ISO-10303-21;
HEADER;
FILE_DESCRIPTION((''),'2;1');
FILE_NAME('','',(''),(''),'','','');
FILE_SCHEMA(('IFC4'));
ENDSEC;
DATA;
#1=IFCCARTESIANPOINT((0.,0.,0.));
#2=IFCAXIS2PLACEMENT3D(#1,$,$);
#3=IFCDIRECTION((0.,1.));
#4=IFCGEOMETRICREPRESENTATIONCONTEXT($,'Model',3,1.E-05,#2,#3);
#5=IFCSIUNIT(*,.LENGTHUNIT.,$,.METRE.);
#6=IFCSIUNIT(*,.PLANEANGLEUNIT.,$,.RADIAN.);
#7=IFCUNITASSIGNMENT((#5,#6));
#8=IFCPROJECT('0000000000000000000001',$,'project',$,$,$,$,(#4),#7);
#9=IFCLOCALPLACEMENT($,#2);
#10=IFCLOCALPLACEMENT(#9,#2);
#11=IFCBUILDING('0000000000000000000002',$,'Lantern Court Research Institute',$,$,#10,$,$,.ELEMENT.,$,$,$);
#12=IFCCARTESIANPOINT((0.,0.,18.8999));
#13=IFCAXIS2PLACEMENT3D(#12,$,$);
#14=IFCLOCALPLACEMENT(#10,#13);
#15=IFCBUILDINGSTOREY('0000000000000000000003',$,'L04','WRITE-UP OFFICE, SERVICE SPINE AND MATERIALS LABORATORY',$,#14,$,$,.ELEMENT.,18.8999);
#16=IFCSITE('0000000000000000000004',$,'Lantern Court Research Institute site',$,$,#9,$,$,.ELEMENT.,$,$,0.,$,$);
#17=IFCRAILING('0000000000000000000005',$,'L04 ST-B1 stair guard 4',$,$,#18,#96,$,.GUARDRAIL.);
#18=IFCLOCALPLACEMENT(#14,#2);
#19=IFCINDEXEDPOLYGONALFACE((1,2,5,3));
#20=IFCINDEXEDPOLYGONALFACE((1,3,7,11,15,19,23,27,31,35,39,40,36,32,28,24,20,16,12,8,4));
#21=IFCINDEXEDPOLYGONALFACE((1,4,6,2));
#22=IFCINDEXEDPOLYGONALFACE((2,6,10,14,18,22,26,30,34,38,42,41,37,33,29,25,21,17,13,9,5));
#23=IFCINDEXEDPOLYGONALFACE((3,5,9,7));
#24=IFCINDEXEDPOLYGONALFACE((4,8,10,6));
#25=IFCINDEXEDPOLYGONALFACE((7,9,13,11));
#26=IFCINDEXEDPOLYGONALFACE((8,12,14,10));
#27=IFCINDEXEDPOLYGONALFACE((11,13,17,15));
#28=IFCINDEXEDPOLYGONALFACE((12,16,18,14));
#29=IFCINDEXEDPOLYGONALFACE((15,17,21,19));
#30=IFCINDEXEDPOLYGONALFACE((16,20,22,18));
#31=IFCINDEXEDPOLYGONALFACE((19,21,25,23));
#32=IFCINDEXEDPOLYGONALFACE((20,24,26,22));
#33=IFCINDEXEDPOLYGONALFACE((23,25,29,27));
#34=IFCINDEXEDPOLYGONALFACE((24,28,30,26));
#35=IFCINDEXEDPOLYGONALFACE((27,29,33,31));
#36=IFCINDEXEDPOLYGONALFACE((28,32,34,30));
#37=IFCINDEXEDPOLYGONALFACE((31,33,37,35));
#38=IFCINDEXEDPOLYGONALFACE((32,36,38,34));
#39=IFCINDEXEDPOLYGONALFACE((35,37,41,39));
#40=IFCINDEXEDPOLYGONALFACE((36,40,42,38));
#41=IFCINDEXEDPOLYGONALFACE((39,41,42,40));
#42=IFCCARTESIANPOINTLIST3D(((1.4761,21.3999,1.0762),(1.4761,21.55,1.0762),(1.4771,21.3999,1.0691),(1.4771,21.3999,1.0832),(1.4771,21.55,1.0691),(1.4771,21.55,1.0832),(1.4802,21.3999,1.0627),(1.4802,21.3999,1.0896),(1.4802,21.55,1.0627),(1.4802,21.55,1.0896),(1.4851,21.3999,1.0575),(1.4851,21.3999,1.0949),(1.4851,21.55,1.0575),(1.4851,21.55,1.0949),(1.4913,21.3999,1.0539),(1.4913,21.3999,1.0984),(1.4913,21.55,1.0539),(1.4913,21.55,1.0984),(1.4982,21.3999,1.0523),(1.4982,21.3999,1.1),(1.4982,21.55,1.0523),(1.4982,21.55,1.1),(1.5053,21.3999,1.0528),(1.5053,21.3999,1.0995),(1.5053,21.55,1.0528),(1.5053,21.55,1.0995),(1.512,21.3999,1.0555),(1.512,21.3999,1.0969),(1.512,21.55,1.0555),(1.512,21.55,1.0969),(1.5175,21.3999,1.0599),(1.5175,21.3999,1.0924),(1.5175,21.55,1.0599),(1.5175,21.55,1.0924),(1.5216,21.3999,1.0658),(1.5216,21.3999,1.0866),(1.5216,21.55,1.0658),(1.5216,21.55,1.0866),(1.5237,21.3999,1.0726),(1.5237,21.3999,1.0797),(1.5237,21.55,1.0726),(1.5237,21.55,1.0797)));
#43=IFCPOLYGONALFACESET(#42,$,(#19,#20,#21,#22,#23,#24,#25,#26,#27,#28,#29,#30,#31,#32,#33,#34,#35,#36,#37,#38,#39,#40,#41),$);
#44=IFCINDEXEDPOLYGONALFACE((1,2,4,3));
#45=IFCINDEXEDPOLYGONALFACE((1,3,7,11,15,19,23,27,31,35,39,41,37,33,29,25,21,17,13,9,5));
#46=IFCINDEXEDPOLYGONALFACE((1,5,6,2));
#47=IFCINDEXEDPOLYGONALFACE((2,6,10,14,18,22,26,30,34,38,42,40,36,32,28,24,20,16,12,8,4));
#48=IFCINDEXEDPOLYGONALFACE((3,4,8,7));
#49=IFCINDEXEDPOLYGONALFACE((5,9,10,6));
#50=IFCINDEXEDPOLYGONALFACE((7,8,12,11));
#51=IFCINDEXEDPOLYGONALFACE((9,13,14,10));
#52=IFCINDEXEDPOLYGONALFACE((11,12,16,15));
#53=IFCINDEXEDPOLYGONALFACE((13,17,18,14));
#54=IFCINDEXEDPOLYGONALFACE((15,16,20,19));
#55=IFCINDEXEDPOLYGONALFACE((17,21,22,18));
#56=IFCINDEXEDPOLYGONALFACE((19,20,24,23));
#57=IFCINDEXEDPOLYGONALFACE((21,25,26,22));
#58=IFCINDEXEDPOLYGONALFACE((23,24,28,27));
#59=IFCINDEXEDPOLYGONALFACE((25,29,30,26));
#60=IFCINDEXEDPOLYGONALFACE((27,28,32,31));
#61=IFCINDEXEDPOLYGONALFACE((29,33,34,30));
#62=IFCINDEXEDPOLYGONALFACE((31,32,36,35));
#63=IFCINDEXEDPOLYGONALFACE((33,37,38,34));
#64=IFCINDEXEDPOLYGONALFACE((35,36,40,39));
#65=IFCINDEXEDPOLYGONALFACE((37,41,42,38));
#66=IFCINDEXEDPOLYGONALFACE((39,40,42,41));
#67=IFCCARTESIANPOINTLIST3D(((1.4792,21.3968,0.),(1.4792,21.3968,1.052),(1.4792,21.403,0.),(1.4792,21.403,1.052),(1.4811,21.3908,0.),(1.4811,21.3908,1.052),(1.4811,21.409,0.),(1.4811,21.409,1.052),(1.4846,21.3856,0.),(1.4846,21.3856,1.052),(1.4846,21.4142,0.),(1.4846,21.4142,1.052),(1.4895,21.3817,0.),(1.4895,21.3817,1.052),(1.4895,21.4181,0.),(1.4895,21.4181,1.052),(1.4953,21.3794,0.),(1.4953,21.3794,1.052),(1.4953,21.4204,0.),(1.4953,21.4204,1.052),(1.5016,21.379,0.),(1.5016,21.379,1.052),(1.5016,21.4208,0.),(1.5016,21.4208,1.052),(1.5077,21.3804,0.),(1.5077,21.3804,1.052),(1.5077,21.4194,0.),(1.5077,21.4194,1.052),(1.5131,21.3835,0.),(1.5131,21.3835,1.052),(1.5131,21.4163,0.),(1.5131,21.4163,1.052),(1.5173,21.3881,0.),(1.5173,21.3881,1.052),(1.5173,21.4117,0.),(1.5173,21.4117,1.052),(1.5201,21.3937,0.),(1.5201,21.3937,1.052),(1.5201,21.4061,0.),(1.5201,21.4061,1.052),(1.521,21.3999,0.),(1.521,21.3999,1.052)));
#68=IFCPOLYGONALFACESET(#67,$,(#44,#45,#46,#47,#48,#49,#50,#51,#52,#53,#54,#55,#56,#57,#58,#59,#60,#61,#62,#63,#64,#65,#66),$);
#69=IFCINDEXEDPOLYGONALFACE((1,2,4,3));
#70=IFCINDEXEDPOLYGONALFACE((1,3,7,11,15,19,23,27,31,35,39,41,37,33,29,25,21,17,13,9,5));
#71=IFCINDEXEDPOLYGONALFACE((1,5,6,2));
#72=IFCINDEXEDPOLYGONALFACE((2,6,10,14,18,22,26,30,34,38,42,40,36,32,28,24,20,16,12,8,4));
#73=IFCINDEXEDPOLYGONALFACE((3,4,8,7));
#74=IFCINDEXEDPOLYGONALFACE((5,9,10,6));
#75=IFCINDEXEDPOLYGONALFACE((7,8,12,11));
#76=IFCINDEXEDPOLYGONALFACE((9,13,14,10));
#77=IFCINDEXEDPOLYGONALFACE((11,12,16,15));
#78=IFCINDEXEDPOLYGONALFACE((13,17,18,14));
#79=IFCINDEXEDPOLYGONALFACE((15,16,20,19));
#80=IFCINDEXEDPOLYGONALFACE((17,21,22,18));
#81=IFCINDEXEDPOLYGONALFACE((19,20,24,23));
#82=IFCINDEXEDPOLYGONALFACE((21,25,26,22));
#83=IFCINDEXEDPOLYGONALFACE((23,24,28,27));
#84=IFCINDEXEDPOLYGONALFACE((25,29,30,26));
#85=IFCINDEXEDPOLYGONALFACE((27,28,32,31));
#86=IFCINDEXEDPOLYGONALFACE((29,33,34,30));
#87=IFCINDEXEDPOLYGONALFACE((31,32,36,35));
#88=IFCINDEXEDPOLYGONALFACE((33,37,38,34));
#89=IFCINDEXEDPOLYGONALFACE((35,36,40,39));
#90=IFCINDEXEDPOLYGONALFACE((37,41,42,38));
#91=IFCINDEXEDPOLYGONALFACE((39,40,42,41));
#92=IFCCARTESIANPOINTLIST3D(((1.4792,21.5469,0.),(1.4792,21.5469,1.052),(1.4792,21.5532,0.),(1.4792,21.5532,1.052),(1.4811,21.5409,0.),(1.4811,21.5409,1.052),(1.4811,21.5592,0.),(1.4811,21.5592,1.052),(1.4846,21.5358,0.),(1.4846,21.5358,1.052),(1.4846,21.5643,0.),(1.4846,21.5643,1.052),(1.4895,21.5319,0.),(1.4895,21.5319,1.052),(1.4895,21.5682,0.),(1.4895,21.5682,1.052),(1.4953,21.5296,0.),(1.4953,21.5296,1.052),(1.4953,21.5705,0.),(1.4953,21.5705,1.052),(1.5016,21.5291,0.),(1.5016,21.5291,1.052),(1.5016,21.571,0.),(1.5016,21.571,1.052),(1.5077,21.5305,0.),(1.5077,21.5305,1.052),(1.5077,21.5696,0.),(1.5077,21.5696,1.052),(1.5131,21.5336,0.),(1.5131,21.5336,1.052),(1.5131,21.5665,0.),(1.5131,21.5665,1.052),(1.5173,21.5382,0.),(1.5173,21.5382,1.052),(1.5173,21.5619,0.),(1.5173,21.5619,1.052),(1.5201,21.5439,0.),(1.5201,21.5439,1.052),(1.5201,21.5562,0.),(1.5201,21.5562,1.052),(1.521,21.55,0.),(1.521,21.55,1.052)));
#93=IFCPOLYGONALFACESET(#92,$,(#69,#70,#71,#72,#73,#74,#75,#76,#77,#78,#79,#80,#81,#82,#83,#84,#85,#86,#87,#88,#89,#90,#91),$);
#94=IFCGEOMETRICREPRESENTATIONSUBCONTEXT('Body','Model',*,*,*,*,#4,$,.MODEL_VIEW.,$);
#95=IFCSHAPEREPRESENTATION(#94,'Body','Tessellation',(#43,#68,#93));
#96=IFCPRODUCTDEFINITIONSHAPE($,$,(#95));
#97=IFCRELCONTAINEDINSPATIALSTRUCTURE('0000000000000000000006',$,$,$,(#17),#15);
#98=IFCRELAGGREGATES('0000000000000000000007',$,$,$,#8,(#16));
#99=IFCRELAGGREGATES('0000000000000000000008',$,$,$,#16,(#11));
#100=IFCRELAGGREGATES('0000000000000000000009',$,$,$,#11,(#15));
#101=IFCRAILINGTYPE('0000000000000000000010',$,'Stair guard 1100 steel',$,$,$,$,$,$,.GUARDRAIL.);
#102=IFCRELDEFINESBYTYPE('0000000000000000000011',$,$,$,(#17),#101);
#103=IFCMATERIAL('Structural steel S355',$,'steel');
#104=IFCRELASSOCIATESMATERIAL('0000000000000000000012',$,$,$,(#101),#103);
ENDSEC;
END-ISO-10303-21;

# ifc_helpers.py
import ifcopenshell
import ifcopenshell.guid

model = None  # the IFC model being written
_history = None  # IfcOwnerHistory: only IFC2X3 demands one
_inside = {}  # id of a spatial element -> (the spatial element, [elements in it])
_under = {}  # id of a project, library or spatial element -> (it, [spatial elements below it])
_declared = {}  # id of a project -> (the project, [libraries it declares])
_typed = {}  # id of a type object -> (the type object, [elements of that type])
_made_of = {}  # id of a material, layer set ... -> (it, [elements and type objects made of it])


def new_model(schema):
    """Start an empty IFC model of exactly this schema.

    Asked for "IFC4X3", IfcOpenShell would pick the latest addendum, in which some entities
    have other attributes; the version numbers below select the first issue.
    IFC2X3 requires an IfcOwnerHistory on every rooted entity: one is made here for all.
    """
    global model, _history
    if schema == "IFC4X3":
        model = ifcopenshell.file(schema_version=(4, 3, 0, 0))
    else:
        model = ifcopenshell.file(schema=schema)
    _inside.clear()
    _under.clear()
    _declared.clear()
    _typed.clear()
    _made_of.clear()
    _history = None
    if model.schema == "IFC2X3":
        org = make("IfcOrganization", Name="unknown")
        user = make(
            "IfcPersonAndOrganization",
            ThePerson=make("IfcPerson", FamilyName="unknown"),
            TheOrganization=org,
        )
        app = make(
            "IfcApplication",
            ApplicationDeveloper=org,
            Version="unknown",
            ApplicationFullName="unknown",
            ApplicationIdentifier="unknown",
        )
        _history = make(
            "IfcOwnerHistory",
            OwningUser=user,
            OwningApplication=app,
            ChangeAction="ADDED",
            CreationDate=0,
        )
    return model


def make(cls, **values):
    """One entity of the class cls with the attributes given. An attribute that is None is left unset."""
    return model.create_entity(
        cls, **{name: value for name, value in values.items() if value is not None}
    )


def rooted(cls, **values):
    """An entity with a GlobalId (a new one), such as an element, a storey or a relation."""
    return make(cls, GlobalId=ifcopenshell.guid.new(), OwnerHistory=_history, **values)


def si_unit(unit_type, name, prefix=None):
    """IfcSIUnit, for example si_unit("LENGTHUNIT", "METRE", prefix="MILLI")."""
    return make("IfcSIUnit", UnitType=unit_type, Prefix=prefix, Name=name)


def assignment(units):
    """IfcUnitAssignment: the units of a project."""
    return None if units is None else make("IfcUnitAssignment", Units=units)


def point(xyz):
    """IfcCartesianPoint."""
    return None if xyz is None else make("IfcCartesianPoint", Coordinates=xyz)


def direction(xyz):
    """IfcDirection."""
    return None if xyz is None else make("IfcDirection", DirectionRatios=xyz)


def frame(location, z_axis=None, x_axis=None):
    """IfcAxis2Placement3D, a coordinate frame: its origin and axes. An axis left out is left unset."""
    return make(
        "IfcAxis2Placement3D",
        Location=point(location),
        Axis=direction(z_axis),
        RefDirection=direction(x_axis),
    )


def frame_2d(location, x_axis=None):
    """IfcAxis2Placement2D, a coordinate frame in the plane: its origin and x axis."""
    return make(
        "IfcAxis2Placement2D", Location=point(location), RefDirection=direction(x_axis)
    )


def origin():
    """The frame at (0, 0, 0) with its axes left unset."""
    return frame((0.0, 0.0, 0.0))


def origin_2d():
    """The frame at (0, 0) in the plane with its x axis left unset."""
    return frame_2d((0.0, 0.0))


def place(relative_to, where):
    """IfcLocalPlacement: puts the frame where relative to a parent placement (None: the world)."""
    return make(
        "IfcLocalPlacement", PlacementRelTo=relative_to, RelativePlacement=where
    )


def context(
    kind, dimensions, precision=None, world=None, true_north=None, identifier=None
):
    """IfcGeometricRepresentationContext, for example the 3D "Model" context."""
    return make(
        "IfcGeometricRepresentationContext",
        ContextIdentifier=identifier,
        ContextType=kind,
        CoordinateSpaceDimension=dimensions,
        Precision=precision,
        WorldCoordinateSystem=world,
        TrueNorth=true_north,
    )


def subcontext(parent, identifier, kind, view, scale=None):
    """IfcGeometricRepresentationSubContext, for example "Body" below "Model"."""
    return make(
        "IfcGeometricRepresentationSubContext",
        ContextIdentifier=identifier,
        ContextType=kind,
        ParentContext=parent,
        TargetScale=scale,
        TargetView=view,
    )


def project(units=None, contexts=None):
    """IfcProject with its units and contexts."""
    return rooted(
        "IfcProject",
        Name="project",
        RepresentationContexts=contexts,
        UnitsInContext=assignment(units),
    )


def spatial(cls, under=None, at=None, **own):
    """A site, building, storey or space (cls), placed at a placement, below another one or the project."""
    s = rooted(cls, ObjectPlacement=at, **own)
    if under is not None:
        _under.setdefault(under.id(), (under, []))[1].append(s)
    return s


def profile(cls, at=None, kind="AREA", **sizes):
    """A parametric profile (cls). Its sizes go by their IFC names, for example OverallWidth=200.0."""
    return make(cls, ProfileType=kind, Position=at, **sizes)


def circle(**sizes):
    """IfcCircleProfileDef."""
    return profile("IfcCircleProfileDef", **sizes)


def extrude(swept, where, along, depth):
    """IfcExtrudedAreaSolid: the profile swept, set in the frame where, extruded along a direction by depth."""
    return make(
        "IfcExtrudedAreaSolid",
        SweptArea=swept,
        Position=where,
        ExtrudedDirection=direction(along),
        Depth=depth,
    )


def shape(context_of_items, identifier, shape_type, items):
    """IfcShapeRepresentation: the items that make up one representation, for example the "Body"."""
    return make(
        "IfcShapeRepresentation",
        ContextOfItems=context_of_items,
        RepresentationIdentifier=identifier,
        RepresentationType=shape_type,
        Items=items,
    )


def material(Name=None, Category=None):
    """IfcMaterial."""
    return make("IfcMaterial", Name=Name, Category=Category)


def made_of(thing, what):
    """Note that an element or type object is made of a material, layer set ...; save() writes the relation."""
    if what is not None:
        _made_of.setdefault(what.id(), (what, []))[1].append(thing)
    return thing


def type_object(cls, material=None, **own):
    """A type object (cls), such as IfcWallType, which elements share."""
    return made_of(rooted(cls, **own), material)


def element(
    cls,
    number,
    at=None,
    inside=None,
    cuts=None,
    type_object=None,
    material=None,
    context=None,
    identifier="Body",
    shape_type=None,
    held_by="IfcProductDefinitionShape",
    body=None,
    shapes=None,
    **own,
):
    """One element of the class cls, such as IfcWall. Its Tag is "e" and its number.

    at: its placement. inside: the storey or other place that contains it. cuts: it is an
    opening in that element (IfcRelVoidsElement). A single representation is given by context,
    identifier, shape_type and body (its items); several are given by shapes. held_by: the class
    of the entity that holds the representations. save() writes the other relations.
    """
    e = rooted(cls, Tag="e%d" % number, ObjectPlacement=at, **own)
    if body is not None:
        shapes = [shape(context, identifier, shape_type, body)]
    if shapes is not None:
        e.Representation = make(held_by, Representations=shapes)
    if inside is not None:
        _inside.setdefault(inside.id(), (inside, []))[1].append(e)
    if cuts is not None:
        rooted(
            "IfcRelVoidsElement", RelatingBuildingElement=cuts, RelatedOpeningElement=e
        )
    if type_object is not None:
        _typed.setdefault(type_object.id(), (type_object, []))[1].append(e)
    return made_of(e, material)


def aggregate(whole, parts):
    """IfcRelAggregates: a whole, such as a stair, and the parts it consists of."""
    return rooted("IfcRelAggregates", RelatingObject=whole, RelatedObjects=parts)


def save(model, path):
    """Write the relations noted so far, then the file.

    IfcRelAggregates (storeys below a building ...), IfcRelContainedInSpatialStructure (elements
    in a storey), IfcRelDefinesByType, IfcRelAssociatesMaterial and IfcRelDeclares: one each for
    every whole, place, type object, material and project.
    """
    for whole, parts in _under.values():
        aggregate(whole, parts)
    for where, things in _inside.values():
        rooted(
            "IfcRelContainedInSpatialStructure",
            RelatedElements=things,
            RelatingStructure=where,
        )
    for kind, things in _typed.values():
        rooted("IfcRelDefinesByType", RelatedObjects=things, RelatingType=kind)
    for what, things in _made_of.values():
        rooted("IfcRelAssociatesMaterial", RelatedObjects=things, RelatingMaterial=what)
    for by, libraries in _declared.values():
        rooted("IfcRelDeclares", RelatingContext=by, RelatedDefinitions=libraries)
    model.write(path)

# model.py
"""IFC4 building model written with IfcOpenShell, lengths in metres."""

from ifc_helpers import new_model, si_unit, direction, frame, origin, origin_2d, place, context, subcontext, project, spatial, circle, extrude, material, type_object, element, save


model = new_model("IFC4")

# Units and contexts
model_context = context("Model", 3, precision=1e-05, world=origin(), true_north=direction((0.0, 1.0)))
body_context = subcontext(model_context, "Body", "Model", "MODEL_VIEW")
ifc_project = project(units=[si_unit("LENGTHUNIT", "METRE"), si_unit("PLANEANGLEUNIT", "RADIAN")], contexts=[model_context])

# Site, building, storey
site_placement = place(None, origin())
site = spatial("IfcSite", under=ifc_project, at=site_placement, Name="Lantern Court Research Institute site", CompositionType="ELEMENT", RefElevation=0.0)
building_placement = place(site_placement, origin())
building = spatial("IfcBuilding", under=site, at=building_placement, Name="Lantern Court Research Institute", CompositionType="ELEMENT")
storey_placement = place(building_placement, frame((0.0, 0.0, 18.8999)))
storey = spatial("IfcBuildingStorey", under=building, at=storey_placement, Name="L04", Description="WRITE-UP OFFICE, SERVICE SPINE AND MATERIALS LABORATORY", CompositionType="ELEMENT", Elevation=18.8999)

# Railing
ifc_material_1 = material(Name="Structural steel S355", Category="steel")
railing_type_1 = type_object("IfcRailingType", Name="Stair guard 1100 steel", PredefinedType="GUARDRAIL", material=ifc_material_1)
railing_1_placement = place(storey_placement, frame((1.5, 21.3999, 0.0)))
element("IfcRailing", 1, at=railing_1_placement, inside=storey, type_object=railing_type_1, Name="L04 ST-B1 stair guard 4", PredefinedType="GUARDRAIL", context=body_context, shape_type="SweptSolid", body=[
    extrude(circle(Radius=0.0239, at=origin_2d()), frame((0.0, 0.0, 1.0762), z_axis=(0.0, 1.0, 0.0), x_axis=(-1.0, 0.0, 0.0)), (0.0, 0.0, 1.0), 0.1501),
    extrude(circle(Radius=0.021, at=origin_2d()), origin(), (0.0, 0.0, 1.0), 1.052),
    extrude(circle(Radius=0.021, at=origin_2d()), frame((0.0, 0.1501, 0.0)), (0.0, 0.0, 1.0), 1.052),
])

save(model, "model.ifc")
